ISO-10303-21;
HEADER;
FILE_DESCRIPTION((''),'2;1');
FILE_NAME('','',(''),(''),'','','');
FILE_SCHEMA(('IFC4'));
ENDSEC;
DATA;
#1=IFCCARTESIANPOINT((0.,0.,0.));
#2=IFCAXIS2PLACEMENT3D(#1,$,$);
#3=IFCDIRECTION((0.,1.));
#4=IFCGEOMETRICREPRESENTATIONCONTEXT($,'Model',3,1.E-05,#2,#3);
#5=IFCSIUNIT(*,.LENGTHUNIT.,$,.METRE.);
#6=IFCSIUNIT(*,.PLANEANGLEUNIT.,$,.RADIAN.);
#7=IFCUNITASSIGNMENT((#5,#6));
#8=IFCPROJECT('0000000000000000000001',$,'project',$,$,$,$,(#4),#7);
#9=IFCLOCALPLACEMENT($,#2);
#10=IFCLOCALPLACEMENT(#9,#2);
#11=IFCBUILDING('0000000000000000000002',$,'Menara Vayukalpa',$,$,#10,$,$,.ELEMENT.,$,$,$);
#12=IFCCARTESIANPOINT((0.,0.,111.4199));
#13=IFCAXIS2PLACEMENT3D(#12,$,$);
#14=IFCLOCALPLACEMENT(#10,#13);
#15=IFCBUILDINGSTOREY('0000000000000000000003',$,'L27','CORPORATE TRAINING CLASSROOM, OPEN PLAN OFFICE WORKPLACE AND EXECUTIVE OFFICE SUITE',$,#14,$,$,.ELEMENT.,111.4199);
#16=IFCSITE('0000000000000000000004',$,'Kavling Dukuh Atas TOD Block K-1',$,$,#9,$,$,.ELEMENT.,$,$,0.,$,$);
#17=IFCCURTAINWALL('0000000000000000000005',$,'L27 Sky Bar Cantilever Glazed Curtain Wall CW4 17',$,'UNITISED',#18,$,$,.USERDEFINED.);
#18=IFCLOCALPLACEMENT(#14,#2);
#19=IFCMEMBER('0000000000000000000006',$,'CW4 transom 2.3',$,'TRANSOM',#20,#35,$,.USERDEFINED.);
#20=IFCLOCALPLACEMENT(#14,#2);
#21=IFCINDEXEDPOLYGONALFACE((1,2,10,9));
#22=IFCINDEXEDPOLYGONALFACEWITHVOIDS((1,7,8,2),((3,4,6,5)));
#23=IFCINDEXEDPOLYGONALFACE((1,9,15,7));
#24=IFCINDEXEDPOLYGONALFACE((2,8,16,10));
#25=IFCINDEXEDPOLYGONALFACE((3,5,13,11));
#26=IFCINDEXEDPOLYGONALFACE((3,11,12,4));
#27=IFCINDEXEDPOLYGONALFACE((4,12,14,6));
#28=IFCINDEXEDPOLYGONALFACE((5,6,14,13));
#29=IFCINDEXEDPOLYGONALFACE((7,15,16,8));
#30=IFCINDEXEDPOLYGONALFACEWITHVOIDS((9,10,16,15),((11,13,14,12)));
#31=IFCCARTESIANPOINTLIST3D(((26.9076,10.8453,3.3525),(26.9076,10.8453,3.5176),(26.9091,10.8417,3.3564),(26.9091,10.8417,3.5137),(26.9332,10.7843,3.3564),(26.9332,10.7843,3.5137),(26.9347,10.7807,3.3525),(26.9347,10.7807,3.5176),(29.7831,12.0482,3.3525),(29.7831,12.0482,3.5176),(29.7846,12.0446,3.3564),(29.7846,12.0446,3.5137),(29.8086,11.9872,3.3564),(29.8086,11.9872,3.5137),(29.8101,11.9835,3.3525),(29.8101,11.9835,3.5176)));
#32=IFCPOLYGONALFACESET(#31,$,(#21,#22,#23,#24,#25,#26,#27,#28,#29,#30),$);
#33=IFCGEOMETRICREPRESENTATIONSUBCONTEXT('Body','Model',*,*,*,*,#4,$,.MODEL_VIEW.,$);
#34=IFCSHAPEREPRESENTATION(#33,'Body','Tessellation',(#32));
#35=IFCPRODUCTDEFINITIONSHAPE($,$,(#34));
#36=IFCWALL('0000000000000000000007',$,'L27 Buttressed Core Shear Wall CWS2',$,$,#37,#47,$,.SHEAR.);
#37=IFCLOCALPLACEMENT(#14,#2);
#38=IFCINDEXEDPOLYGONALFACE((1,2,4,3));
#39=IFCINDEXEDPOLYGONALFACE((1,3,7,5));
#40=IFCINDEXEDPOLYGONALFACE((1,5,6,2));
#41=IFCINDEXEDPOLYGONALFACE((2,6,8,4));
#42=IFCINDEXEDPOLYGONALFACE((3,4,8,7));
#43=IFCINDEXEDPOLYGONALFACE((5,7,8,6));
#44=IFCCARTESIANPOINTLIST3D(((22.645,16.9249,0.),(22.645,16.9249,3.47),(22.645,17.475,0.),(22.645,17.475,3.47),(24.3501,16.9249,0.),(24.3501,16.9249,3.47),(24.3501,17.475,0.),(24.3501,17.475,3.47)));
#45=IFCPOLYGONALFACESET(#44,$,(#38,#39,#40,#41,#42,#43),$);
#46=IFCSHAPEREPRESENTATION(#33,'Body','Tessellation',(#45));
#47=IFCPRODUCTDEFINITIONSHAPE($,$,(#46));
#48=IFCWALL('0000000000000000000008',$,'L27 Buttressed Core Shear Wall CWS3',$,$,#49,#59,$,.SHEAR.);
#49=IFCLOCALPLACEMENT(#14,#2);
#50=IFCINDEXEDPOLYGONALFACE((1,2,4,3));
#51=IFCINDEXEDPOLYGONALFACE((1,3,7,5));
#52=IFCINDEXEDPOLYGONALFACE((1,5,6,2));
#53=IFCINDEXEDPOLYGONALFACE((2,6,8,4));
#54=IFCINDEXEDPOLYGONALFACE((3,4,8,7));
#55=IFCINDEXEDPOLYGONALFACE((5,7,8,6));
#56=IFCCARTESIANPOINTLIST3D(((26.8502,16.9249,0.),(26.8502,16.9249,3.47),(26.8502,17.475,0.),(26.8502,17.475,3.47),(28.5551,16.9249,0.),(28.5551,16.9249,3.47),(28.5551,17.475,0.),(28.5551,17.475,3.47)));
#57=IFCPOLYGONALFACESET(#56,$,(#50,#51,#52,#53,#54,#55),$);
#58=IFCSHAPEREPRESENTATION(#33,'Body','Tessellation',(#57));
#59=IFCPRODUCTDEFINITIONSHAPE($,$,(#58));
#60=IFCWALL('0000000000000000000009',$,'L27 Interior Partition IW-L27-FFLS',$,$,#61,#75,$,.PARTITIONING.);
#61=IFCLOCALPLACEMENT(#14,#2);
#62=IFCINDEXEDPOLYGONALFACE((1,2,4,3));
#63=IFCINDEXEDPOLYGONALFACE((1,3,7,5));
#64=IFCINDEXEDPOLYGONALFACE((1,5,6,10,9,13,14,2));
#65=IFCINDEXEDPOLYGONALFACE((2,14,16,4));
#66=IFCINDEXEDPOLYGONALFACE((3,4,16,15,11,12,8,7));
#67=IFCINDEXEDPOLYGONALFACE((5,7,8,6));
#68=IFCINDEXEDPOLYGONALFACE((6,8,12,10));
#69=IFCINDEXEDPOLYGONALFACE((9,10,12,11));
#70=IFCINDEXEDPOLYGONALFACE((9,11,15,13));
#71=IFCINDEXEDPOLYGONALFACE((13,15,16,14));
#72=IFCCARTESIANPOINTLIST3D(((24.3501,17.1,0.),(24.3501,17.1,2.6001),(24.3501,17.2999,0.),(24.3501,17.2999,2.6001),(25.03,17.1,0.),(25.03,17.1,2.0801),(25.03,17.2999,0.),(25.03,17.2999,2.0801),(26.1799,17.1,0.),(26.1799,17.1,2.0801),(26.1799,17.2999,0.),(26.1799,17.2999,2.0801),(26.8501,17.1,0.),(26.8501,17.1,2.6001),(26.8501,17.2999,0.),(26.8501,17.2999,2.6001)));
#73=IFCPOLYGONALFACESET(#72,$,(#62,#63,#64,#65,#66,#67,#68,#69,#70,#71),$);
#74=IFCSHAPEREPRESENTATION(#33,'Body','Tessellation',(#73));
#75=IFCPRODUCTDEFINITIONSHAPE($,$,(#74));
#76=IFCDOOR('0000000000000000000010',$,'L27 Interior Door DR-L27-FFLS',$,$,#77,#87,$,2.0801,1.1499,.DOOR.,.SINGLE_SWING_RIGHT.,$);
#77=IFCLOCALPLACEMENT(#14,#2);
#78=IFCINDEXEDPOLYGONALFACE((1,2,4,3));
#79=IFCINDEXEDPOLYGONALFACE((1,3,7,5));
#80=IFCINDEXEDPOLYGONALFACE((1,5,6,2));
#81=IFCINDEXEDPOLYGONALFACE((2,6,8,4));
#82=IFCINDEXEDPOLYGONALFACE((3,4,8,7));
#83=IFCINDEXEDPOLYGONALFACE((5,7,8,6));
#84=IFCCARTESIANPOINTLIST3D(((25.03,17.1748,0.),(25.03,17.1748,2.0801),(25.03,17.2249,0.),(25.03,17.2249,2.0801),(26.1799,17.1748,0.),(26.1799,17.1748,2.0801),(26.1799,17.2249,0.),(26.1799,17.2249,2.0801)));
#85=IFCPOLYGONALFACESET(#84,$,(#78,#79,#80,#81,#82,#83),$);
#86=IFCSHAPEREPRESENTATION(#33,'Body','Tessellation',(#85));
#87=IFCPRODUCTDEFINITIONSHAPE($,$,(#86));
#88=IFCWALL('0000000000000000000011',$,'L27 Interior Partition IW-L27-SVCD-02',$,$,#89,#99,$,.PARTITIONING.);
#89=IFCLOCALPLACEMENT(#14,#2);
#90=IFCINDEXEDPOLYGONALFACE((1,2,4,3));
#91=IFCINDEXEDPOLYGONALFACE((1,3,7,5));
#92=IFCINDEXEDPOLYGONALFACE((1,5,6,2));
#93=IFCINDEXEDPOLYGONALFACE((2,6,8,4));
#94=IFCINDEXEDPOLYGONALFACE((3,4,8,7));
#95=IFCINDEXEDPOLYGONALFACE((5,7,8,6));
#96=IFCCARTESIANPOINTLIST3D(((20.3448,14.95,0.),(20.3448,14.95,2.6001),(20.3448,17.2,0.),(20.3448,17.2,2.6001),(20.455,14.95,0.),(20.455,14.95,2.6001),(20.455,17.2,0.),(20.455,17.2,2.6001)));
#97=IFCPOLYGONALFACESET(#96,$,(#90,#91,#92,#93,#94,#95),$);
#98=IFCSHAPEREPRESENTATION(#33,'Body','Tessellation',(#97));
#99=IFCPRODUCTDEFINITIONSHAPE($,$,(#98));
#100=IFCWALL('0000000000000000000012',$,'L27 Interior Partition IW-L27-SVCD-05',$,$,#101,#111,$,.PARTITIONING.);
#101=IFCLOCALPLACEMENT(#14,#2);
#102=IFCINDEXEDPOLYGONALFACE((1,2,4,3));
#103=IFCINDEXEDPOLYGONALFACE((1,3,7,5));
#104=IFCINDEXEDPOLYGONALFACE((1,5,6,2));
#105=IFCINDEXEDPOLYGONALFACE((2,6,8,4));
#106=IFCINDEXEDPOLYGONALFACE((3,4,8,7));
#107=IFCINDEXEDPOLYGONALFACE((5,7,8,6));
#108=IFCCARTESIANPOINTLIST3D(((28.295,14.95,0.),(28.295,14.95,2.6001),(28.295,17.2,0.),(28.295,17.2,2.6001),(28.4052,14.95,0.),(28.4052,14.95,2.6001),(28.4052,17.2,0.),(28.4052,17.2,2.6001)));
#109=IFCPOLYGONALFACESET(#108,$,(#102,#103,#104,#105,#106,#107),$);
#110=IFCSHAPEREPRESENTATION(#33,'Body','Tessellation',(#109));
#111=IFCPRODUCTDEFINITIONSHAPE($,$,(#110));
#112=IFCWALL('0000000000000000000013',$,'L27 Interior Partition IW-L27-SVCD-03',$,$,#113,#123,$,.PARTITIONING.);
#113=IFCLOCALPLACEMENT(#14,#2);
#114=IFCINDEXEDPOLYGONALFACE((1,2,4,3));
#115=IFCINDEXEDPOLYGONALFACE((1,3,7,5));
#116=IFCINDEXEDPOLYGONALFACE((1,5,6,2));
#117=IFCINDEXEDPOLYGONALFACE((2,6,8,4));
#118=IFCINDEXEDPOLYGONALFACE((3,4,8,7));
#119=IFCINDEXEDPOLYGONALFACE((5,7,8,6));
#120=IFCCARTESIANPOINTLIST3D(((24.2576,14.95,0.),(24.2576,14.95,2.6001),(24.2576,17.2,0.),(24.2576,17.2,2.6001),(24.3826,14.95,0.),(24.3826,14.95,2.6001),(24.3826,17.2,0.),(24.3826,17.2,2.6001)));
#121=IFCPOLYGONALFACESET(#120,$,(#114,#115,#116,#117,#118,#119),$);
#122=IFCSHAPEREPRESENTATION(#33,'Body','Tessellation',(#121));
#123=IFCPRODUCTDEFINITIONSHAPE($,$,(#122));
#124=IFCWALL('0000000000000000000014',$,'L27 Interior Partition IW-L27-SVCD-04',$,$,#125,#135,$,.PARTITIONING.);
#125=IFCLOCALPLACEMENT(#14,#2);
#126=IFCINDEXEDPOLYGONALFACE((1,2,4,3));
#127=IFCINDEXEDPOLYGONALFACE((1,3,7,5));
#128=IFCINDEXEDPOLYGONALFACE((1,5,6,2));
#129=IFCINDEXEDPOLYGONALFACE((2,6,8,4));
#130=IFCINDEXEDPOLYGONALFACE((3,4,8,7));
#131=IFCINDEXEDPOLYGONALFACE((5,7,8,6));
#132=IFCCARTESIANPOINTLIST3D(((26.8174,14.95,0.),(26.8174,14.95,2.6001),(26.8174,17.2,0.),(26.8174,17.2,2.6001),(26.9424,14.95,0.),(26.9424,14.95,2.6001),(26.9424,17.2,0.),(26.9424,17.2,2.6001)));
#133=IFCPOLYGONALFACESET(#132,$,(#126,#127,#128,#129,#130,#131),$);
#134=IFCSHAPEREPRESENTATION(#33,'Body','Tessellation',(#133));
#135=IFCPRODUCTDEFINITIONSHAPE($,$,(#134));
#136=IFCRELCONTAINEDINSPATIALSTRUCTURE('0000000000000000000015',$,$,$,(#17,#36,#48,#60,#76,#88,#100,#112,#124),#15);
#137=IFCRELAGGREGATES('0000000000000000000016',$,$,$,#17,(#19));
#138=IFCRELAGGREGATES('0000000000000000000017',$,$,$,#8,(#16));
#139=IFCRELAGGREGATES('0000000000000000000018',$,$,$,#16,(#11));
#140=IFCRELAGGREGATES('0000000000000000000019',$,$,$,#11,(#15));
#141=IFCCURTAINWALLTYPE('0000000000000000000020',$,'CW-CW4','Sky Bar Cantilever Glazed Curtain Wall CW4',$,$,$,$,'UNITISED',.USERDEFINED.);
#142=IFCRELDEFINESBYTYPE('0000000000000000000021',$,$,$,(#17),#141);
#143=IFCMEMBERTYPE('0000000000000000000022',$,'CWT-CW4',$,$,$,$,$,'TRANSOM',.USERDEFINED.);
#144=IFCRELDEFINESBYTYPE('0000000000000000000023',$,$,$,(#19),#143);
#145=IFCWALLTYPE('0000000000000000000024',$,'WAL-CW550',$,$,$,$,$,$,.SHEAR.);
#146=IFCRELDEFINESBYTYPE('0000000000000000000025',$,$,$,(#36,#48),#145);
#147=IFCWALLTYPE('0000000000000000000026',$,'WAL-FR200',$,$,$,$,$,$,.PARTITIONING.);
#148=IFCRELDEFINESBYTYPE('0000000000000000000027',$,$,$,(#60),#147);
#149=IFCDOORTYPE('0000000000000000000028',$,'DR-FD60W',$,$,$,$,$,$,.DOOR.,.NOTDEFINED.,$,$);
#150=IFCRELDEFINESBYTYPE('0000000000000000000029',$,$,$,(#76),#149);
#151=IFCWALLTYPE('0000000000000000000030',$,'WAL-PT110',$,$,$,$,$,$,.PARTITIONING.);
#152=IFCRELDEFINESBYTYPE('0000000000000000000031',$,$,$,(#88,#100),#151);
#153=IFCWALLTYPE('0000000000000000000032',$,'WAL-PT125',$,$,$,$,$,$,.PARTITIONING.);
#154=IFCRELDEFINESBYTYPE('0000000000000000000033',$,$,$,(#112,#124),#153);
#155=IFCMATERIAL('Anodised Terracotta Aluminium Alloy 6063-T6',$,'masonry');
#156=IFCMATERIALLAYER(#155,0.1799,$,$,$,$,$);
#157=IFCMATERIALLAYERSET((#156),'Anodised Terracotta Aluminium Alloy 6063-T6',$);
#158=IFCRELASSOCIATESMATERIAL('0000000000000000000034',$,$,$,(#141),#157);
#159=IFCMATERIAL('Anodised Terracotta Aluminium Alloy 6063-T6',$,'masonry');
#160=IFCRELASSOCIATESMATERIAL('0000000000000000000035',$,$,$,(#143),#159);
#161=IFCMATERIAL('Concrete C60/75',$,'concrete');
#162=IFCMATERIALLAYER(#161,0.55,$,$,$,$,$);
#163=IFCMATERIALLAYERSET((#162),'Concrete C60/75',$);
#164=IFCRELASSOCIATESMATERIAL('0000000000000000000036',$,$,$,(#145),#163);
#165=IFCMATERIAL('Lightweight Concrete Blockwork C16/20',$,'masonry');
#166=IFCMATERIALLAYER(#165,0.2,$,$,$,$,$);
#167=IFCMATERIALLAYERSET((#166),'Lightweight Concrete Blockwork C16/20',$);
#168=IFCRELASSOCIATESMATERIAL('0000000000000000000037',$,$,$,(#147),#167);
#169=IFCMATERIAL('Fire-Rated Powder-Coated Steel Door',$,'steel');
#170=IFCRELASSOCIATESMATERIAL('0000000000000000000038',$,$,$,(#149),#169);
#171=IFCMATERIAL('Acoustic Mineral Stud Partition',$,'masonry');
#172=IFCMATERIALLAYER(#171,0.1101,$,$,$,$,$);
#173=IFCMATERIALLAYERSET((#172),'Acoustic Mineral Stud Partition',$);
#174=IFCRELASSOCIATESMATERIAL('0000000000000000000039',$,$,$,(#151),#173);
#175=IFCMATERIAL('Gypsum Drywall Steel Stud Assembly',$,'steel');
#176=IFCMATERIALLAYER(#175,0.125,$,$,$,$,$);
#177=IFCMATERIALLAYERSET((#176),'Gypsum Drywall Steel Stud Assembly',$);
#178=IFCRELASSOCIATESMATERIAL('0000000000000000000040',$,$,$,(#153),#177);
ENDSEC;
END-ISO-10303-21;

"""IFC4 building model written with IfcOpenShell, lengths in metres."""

from ifc_helpers import new_model, si_unit, direction, frame, frame_2d, origin, origin_2d, place, context, subcontext, project, spatial, rectangle, hollow_rectangle, extrude, material, layer, layer_set, material_profile, profile_set, type_object, element, fill, aggregate, save


model = new_model("IFC4")

# Units and contexts
model_context = context("Model", 3, precision=1e-05, world=origin(), true_north=direction((0.0, 1.0)))
body_context = subcontext(model_context, "Body", "Model", "MODEL_VIEW")
ifc_project = project(units=[si_unit("LENGTHUNIT", "METRE"), si_unit("PLANEANGLEUNIT", "RADIAN")], contexts=[model_context])

# Site, building, storey
site_placement = place(None, origin())
site = spatial("IfcSite", under=ifc_project, at=site_placement, Name="Kavling Dukuh Atas TOD Block K-1", CompositionType="ELEMENT", RefElevation=0.0)
building_placement = place(site_placement, origin())
building = spatial("IfcBuilding", under=site, at=building_placement, Name="Menara Vayukalpa", CompositionType="ELEMENT")
storey_placement = place(building_placement, frame((0.0, 0.0, 111.4199)))
storey = spatial("IfcBuildingStorey", under=building, at=storey_placement, Name="L27", Description="CORPORATE TRAINING CLASSROOM, OPEN PLAN OFFICE WORKPLACE AND EXECUTIVE OFFICE SUITE", CompositionType="ELEMENT", Elevation=111.4199)

# Curtain wall, member
ifc_material_1 = material(Name="Anodised Terracotta Aluminium Alloy 6063-T6", Category="masonry")
ifc_layer_1 = layer(ifc_material_1, 0.1799)
ifc_layer_set_1 = layer_set([ifc_layer_1], Name="Anodised Terracotta Aluminium Alloy 6063-T6")
curtain_wall_type = type_object("IfcCurtainWallType", Name="CW-CW4", Description="Sky Bar Cantilever Glazed Curtain Wall CW4", ElementType="UNITISED", PredefinedType="USERDEFINED", material=ifc_layer_set_1)
curtain_wall_placement = place(storey_placement, origin())
curtain_wall = element("IfcCurtainWall", 1, at=curtain_wall_placement, inside=storey, type_object=curtain_wall_type, Name="L27 Sky Bar Cantilever Glazed Curtain Wall CW4 17", ObjectType="UNITISED", PredefinedType="USERDEFINED")
ifc_material_2 = material(Name="Anodised Terracotta Aluminium Alloy 6063-T6", Category="masonry")
ifc_material_profile_1 = material_profile(ifc_material_2, hollow_rectangle(XDim=0.0701, YDim=0.165, WallThickness=0.0039, at=origin_2d()), Name="ALU 70x165x4")
ifc_profile_set_1 = profile_set([ifc_material_profile_1], Name="Anodised Terracotta Aluminium Alloy 6063-T6")
member_type = type_object("IfcMemberType", Name="CWT-CW4", ElementType="TRANSOM", PredefinedType="USERDEFINED", material=ifc_profile_set_1)
member_1_placement = place(storey_placement, frame((26.9211, 10.813, 3.4351), z_axis=(0.922534, 0.385916, 0.0), x_axis=(-0.385916, 0.922534, 0.0)))
member_1 = element("IfcMember", 2, at=member_1_placement, type_object=member_type, Name="CW4 transom 2.3", ObjectType="TRANSOM", PredefinedType="USERDEFINED", context=body_context, shape_type="SweptSolid", body=[
    extrude(hollow_rectangle(XDim=0.0701, YDim=0.165, WallThickness=0.0039, at=origin_2d()), origin(), (0.0, 0.0, 1.0), 3.1169),
])
aggregate(curtain_wall, [member_1])

# Walls
ifc_material_3 = material(Name="Concrete C60/75", Category="concrete")
ifc_layer_2 = layer(ifc_material_3, 0.55)
ifc_layer_set_2 = layer_set([ifc_layer_2], Name="Concrete C60/75")
wall_type_1 = type_object("IfcWallType", Name="WAL-CW550", PredefinedType="SHEAR", material=ifc_layer_set_2)
wall_1_placement = place(storey_placement, frame((22.645, 17.2, 0.0), z_axis=(0.0, 0.0, 1.0), x_axis=(1.0, 0.0, 0.0)))
element("IfcWall", 3, at=wall_1_placement, inside=storey, type_object=wall_type_1, Name="L27 Buttressed Core Shear Wall CWS2", PredefinedType="SHEAR", context=body_context, shape_type="SweptSolid", body=[
    extrude(rectangle(XDim=1.7051, YDim=0.55, at=frame_2d((0.8525, 0.0))), origin(), (0.0, 0.0, 1.0), 3.47),
])
wall_2_placement = place(storey_placement, frame((26.8501, 17.2, 0.0), z_axis=(0.0, 0.0, 1.0), x_axis=(1.0, 0.0, 0.0)))
element("IfcWall", 4, at=wall_2_placement, inside=storey, type_object=wall_type_1, Name="L27 Buttressed Core Shear Wall CWS3", PredefinedType="SHEAR", context=body_context, shape_type="SweptSolid", body=[
    extrude(rectangle(XDim=1.7048, YDim=0.55, at=frame_2d((0.8525, 0.0))), origin(), (0.0, 0.0, 1.0), 3.47),
])

# Wall, opening, door
ifc_material_4 = material(Name="Lightweight Concrete Blockwork C16/20", Category="masonry")
ifc_layer_3 = layer(ifc_material_4, 0.2)
ifc_layer_set_3 = layer_set([ifc_layer_3], Name="Lightweight Concrete Blockwork C16/20")
wall_type_2 = type_object("IfcWallType", Name="WAL-FR200", PredefinedType="PARTITIONING", material=ifc_layer_set_3)
wall_3_placement = place(storey_placement, frame((24.3501, 17.2, 0.0), z_axis=(0.0, 0.0, 1.0), x_axis=(1.0, 0.0, 0.0)))
wall_3 = element("IfcWall", 5, at=wall_3_placement, inside=storey, type_object=wall_type_2, Name="L27 Interior Partition IW-L27-FFLS", PredefinedType="PARTITIONING", context=body_context, shape_type="SweptSolid", body=[
    extrude(rectangle(XDim=2.5, YDim=0.2, at=frame_2d((1.25, 0.0))), origin(), (0.0, 0.0, 1.0), 2.6001),
])
opening_1_placement = place(wall_3_placement, frame((0.6799, 0.0, 0.0)))
opening_1 = element("IfcOpeningElement", 6, at=opening_1_placement, cuts=wall_3, PredefinedType="OPENING", context=body_context, shape_type="SweptSolid", body=[
    extrude(rectangle(XDim=1.1499, YDim=2.0801, at=frame_2d((0.575, 1.04))), frame((0.0, 0.1099, 0.0), z_axis=(0.0, -1.0, 0.0), x_axis=(1.0, 0.0, 0.0)), (0.0, 0.0, 1.0), 0.22),
])
ifc_material_5 = material(Name="Fire-Rated Powder-Coated Steel Door", Category="steel")
door_type_1 = type_object("IfcDoorType", Name="DR-FD60W", OperationType="NOTDEFINED", PredefinedType="DOOR", material=ifc_material_5)
door_1_placement = place(opening_1_placement, origin())
door_1 = element("IfcDoor", 7, at=door_1_placement, inside=storey, type_object=door_type_1, Name="L27 Interior Door DR-L27-FFLS", OperationType="SINGLE_SWING_RIGHT", OverallHeight=2.0801, OverallWidth=1.1499, PredefinedType="DOOR", context=body_context, shape_type="SweptSolid", body=[
    extrude(rectangle(XDim=1.1499, YDim=2.0801, at=frame_2d((0.575, 1.04))), frame((0.0, 0.0249, 0.0), z_axis=(0.0, -1.0, 0.0), x_axis=(1.0, 0.0, 0.0)), (0.0, 0.0, 1.0), 0.05),
])
fill(opening_1, door_1)

# Walls
ifc_material_6 = material(Name="Acoustic Mineral Stud Partition", Category="masonry")
ifc_layer_4 = layer(ifc_material_6, 0.1101)
ifc_layer_set_4 = layer_set([ifc_layer_4], Name="Acoustic Mineral Stud Partition")
wall_type_3 = type_object("IfcWallType", Name="WAL-PT110", PredefinedType="PARTITIONING", material=ifc_layer_set_4)
for number, where, z_axis, x_axis, name in (
    (8, (20.3999, 14.95, 0.0), (0.0, 0.0, 1.0), (0.0, 1.0, 0.0), "L27 Interior Partition IW-L27-SVCD-02"),
    (9, (28.3501, 14.95, 0.0), (0.0, 0.0, 1.0), (0.0, 1.0, 0.0), "L27 Interior Partition IW-L27-SVCD-05"),
):
    element("IfcWall", number, at=place(storey_placement, frame(where, z_axis=z_axis, x_axis=x_axis)), inside=storey, type_object=wall_type_3, Name=name, PredefinedType="PARTITIONING", context=body_context, shape_type="SweptSolid", body=[
        extrude(rectangle(XDim=2.25, YDim=0.1101, at=frame_2d((1.125, 0.0))), origin(), (0.0, 0.0, 1.0), 2.6001),
    ])
ifc_material_7 = material(Name="Gypsum Drywall Steel Stud Assembly", Category="steel")
ifc_layer_5 = layer(ifc_material_7, 0.125)
ifc_layer_set_5 = layer_set([ifc_layer_5], Name="Gypsum Drywall Steel Stud Assembly")
wall_type_4 = type_object("IfcWallType", Name="WAL-PT125", PredefinedType="PARTITIONING", material=ifc_layer_set_5)
for number, where, z_axis, x_axis, name in (
    (10, (24.3201, 14.95, 0.0), (0.0, 0.0, 1.0), (0.0, 1.0, 0.0), "L27 Interior Partition IW-L27-SVCD-03"),
    (11, (26.8799, 14.95, 0.0), (0.0, 0.0, 1.0), (0.0, 1.0, 0.0), "L27 Interior Partition IW-L27-SVCD-04"),
):
    element("IfcWall", number, at=place(storey_placement, frame(where, z_axis=z_axis, x_axis=x_axis)), inside=storey, type_object=wall_type_4, Name=name, PredefinedType="PARTITIONING", context=body_context, shape_type="SweptSolid", body=[
        extrude(rectangle(XDim=2.25, YDim=0.125, at=frame_2d((1.125, 0.0))), origin(), (0.0, 0.0, 1.0), 2.6001),
    ])

save(model, "model.ifc")
